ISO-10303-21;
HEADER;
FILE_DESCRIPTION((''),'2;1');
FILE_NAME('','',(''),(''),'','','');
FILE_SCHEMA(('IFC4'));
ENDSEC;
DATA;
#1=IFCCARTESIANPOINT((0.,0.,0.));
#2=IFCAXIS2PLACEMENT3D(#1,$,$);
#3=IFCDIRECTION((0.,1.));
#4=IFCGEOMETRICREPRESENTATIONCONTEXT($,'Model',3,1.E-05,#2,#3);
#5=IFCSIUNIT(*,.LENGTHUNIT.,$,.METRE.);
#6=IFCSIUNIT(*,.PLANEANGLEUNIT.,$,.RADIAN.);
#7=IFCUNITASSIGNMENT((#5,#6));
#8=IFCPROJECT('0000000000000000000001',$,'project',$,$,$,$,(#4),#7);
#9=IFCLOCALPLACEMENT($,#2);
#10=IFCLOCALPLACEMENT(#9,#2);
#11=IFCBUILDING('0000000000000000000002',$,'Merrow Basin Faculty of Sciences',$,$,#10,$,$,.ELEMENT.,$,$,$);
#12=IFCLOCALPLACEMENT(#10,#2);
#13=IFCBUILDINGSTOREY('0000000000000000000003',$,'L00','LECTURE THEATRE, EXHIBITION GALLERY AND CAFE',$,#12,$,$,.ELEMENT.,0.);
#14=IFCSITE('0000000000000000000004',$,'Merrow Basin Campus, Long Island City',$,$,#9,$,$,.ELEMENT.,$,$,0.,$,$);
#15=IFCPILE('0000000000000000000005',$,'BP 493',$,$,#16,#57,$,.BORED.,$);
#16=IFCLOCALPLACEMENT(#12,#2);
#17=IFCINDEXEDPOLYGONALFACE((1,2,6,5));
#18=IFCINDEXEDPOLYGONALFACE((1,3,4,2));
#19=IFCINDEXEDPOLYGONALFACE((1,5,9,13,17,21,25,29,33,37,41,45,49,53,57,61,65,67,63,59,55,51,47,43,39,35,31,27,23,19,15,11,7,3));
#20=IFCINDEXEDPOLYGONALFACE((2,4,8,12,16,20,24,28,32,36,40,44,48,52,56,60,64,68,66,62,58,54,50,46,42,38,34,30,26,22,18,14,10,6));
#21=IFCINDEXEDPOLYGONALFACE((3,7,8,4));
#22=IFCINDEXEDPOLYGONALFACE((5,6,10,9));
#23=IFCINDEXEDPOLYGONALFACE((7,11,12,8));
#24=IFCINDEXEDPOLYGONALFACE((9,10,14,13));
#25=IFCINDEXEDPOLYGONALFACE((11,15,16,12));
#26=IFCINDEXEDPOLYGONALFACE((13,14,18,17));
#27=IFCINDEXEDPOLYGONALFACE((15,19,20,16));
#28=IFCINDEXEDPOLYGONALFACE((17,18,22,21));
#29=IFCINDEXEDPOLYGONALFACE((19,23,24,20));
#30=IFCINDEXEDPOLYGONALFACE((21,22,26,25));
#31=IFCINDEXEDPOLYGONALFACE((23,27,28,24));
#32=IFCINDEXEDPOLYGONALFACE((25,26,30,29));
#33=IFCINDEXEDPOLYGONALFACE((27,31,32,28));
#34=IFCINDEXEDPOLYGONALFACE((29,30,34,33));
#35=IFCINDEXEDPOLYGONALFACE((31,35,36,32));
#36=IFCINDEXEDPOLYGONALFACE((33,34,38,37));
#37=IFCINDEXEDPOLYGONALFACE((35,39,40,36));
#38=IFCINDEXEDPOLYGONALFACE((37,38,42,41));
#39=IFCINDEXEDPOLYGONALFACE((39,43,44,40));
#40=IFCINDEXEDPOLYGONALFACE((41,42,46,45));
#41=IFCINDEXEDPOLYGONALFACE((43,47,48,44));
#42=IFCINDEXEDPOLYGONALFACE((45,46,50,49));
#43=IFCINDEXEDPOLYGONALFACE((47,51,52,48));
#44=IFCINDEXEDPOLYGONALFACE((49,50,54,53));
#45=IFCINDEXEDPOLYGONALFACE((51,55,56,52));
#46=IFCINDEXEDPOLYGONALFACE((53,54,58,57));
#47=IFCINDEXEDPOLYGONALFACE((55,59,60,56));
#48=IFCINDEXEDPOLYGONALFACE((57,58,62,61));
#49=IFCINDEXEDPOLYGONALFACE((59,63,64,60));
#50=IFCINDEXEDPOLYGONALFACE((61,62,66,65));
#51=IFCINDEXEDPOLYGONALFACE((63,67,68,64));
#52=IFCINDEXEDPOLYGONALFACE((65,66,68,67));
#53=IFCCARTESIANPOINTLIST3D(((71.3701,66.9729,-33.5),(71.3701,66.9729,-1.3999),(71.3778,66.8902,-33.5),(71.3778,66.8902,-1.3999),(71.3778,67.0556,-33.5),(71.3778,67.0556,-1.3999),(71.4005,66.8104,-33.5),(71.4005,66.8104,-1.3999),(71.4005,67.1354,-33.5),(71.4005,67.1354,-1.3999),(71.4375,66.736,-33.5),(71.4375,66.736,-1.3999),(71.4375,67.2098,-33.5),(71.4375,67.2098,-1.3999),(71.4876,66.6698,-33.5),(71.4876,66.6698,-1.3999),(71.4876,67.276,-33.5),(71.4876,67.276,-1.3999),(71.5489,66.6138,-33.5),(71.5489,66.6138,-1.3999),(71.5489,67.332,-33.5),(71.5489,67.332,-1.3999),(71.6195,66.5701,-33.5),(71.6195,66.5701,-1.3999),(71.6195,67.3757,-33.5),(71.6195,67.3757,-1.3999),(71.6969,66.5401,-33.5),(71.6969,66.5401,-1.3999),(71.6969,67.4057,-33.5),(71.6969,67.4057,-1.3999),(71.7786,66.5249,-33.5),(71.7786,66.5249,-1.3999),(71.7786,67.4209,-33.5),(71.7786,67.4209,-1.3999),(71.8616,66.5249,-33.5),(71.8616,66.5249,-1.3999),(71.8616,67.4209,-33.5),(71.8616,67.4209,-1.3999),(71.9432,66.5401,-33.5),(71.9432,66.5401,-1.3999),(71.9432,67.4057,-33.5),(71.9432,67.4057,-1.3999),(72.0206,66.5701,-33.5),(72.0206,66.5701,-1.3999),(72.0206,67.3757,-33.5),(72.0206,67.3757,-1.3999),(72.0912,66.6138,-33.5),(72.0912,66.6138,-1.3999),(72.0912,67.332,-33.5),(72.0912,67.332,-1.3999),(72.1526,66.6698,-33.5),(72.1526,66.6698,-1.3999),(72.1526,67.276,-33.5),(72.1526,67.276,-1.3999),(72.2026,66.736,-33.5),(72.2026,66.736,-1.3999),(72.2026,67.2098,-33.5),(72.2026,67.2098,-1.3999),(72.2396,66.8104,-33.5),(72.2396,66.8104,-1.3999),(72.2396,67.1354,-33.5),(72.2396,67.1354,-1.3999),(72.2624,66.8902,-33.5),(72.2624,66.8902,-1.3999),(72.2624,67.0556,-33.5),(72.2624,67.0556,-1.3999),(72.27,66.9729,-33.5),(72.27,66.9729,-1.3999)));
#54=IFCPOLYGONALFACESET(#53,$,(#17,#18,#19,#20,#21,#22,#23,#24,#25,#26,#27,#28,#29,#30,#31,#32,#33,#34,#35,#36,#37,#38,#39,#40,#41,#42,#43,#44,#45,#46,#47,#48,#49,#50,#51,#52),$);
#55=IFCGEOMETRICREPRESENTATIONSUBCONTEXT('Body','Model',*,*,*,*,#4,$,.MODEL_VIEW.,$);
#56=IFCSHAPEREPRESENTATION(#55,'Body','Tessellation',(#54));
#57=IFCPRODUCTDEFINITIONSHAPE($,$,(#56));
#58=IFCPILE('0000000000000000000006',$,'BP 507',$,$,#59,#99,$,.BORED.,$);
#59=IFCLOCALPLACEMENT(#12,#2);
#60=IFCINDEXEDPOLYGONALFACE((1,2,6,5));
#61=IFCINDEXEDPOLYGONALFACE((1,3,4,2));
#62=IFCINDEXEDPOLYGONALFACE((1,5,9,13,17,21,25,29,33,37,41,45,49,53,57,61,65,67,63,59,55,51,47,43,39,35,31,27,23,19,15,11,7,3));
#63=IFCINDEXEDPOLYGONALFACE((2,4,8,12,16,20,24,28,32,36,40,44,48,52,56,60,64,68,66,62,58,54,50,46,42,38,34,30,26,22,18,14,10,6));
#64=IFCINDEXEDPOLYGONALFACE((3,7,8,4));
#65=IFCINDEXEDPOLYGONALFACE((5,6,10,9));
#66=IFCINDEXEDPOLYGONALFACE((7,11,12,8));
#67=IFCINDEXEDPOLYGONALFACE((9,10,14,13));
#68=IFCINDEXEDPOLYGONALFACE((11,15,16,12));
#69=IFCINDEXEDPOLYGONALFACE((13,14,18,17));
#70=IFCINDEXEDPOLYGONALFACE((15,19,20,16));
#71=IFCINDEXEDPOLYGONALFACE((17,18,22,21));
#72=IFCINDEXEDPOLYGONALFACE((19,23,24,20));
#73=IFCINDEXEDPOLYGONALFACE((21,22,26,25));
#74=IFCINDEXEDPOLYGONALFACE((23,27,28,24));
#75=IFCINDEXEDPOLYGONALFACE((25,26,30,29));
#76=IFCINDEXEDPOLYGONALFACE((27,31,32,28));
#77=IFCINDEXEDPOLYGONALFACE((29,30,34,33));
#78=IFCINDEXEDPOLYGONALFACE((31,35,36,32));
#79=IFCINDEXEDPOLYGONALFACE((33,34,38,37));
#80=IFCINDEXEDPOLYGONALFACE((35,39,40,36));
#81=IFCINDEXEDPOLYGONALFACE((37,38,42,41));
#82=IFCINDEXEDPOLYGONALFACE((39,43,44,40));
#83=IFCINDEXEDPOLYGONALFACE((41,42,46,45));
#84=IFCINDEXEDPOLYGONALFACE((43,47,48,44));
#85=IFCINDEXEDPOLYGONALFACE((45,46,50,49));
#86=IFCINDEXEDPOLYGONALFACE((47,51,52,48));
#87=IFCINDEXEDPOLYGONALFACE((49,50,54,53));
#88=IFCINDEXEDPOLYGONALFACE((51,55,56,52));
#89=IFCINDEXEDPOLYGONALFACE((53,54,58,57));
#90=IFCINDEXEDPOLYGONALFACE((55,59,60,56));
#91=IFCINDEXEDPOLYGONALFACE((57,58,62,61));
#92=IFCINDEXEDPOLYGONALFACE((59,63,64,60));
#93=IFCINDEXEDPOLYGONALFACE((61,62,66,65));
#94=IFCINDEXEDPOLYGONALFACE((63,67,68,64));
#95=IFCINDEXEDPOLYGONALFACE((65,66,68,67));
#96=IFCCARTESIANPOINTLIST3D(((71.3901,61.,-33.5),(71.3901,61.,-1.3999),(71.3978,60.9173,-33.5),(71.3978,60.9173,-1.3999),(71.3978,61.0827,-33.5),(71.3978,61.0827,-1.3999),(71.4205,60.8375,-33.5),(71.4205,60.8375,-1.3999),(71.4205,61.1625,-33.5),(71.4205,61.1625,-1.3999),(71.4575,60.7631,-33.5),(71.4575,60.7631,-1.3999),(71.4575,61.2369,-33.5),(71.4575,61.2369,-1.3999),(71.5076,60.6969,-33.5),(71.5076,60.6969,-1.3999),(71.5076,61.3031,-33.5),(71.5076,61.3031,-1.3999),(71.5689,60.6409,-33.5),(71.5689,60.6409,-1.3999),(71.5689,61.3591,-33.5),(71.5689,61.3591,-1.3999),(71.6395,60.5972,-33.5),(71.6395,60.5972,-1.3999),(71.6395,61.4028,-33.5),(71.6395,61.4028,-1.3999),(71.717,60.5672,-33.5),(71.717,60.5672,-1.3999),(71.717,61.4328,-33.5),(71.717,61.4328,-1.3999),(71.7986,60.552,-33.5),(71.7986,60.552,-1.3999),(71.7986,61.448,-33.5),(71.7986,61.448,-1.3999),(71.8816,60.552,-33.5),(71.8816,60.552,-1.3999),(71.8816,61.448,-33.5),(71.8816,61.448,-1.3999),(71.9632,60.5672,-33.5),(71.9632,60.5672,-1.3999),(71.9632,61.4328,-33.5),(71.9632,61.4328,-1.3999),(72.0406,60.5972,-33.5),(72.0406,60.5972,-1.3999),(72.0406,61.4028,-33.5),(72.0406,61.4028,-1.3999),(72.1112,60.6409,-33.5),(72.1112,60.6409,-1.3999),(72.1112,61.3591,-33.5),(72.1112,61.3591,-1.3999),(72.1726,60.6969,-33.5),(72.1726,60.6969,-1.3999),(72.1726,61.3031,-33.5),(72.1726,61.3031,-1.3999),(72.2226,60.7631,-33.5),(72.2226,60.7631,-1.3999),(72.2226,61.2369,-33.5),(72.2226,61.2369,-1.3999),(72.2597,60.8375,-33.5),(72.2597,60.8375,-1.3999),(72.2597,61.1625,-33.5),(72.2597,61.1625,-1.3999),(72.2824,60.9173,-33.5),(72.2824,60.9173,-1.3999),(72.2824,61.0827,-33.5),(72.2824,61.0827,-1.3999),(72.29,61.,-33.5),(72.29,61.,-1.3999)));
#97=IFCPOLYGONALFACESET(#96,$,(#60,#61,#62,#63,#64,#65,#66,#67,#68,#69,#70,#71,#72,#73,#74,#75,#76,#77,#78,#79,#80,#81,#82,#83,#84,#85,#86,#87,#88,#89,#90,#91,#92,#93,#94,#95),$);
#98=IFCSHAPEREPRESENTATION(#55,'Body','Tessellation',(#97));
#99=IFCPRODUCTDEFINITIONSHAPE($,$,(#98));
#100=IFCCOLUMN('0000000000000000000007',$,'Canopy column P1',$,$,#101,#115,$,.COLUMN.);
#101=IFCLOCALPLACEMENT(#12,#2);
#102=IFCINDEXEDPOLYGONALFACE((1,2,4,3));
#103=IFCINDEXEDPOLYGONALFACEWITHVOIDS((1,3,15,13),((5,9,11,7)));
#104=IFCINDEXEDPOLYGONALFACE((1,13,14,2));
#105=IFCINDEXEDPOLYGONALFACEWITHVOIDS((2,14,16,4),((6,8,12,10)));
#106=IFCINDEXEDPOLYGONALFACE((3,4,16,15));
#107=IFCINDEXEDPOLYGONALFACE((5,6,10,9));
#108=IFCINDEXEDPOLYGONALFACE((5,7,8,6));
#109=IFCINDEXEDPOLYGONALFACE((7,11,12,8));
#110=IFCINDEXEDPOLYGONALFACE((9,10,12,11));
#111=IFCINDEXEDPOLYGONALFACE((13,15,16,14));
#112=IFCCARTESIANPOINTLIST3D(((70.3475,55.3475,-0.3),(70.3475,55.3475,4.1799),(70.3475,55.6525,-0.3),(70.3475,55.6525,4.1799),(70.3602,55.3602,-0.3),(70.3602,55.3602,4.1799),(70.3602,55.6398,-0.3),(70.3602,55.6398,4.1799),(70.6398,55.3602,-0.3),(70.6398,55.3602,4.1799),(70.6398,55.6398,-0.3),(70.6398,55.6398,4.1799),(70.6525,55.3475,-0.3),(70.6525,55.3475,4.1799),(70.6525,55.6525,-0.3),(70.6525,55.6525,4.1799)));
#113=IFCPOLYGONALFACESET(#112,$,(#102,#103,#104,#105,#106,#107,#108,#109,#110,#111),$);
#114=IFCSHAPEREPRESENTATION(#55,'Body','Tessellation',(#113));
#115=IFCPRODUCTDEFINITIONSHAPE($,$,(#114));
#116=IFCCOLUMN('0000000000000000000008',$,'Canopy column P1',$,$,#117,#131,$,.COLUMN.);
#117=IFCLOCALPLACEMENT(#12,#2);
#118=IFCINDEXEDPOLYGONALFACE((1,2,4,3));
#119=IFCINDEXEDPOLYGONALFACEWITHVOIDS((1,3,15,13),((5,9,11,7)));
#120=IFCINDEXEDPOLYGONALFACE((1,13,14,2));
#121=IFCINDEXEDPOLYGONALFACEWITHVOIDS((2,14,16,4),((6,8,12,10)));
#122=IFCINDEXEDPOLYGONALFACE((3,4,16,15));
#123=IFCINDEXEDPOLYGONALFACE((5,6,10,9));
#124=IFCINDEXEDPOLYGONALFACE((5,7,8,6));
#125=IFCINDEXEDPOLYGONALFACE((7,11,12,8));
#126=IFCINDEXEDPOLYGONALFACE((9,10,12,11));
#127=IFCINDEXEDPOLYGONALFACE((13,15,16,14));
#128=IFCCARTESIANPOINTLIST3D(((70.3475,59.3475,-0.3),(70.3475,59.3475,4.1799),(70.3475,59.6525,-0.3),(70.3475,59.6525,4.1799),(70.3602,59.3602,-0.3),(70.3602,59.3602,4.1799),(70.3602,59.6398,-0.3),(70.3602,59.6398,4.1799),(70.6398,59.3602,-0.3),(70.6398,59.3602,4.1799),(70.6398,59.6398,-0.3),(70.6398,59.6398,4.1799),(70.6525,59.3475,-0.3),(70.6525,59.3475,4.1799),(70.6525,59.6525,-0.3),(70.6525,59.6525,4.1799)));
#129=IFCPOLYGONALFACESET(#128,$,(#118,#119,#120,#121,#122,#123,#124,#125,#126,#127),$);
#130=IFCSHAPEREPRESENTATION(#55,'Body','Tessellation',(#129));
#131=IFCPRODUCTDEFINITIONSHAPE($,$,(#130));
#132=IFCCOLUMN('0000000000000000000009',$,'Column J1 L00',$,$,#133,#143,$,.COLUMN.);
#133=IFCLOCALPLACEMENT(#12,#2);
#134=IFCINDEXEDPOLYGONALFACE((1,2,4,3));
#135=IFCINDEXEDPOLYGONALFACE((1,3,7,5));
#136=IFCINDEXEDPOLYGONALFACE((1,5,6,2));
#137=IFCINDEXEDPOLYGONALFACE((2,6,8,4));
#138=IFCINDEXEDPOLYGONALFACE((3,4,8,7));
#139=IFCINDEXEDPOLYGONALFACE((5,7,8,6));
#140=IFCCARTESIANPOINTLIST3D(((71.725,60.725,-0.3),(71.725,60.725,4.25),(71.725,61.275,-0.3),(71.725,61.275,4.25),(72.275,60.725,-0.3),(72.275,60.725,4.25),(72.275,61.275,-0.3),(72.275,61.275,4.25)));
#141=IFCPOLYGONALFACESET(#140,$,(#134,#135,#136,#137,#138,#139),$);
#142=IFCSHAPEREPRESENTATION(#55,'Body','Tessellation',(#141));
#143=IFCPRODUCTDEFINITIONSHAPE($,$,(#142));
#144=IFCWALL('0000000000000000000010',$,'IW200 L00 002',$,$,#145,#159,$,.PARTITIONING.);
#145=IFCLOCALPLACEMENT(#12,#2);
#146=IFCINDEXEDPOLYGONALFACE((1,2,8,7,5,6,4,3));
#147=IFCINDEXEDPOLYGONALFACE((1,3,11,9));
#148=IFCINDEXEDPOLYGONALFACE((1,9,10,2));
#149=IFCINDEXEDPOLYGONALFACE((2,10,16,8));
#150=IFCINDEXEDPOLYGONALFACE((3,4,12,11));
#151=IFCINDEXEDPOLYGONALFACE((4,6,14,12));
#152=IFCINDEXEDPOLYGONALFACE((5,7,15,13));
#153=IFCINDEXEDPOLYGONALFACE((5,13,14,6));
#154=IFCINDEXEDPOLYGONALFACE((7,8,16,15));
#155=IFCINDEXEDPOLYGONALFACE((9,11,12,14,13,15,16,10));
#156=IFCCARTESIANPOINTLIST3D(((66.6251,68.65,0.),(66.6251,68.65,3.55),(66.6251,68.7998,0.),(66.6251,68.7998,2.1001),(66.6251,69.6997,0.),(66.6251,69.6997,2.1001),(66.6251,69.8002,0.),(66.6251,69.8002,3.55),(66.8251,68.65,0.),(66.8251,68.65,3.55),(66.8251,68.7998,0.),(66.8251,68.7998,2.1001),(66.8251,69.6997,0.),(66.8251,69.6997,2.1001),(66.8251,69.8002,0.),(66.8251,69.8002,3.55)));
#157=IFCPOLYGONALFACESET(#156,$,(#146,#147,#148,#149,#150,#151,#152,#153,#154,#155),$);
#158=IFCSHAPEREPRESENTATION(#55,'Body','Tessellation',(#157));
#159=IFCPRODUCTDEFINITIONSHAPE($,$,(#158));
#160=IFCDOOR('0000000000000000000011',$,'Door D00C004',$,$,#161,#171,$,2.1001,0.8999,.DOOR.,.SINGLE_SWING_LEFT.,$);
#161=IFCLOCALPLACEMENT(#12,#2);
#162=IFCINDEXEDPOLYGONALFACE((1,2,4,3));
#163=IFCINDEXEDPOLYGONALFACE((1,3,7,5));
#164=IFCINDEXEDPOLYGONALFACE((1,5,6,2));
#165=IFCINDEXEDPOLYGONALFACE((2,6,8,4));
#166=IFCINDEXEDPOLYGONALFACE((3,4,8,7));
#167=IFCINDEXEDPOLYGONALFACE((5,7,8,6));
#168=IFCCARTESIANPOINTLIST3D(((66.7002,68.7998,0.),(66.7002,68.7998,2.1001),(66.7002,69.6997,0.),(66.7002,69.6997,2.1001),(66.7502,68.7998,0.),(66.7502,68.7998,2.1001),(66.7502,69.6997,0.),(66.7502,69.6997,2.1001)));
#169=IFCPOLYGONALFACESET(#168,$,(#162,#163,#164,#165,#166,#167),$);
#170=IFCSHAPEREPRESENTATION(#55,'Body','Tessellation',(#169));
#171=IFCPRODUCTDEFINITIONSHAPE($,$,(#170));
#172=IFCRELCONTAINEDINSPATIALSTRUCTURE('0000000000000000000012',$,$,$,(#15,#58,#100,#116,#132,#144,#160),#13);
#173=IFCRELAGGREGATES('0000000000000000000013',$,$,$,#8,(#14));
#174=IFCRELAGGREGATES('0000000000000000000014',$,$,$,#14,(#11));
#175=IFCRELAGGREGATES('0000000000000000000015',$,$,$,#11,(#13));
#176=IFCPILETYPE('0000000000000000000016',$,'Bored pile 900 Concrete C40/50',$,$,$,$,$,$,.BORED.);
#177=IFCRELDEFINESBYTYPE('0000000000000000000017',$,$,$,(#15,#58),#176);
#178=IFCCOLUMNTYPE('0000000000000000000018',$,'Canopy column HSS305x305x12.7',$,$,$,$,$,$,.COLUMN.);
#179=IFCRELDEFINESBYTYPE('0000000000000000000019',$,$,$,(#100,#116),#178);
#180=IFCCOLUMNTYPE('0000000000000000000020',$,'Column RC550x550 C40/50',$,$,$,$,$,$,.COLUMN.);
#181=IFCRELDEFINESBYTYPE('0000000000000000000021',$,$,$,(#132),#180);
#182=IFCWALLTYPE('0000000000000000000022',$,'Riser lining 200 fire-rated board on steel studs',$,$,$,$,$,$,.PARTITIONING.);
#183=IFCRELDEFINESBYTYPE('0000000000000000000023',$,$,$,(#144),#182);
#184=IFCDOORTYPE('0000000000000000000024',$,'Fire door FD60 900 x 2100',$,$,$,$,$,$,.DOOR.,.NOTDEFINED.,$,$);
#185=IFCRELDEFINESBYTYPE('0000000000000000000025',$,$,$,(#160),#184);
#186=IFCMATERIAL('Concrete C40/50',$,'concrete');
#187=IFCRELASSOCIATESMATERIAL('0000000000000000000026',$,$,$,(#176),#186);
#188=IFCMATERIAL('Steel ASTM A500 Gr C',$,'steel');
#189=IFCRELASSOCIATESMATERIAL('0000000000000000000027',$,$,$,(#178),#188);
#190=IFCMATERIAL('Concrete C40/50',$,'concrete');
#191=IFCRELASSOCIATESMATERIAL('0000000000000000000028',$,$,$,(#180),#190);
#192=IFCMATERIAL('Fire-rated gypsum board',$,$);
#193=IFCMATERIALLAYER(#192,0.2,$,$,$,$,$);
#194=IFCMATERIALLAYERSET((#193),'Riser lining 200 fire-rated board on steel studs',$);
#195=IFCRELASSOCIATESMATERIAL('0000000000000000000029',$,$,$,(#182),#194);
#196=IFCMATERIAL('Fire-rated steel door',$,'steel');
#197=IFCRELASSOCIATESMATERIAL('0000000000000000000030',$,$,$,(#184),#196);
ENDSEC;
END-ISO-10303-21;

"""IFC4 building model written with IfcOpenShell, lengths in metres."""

from ifc_helpers import new_model, si_unit, direction, frame, frame_2d, origin, origin_2d, place, context, subcontext, project, spatial, rectangle, hollow_rectangle, circle, extrude, material, layer, layer_set, material_profile, profile_set, type_object, element, fill, save


model = new_model("IFC4")

# Units and contexts
model_context = context("Model", 3, precision=1e-05, world=origin(), true_north=direction((0.0, 1.0)))
body_context = subcontext(model_context, "Body", "Model", "MODEL_VIEW")
ifc_project = project(units=[si_unit("LENGTHUNIT", "METRE"), si_unit("PLANEANGLEUNIT", "RADIAN")], contexts=[model_context])

# Site, building, storey
site_placement = place(None, origin())
site = spatial("IfcSite", under=ifc_project, at=site_placement, Name="Merrow Basin Campus, Long Island City", CompositionType="ELEMENT", RefElevation=0.0)
building_placement = place(site_placement, origin())
building = spatial("IfcBuilding", under=site, at=building_placement, Name="Merrow Basin Faculty of Sciences", CompositionType="ELEMENT")
storey_placement = place(building_placement, origin())
storey = spatial("IfcBuildingStorey", under=building, at=storey_placement, Name="L00", Description="LECTURE THEATRE, EXHIBITION GALLERY AND CAFE", CompositionType="ELEMENT", Elevation=0.0)

# Piles
ifc_material_1 = material(Name="Concrete C40/50", Category="concrete")
ifc_material_profile_1 = material_profile(ifc_material_1, circle(Radius=0.45, at=origin_2d()))
ifc_profile_set_1 = profile_set([ifc_material_profile_1], Name="Concrete C40/50")
pile_type_1 = type_object("IfcPileType", Name="Bored pile 900 Concrete C40/50", PredefinedType="BORED", material=ifc_profile_set_1)
for number, where, z_axis, x_axis, name in (
    (1, (71.8201, 66.9729, -1.3999), (0.0, 0.0, -1.0), (1.0, 0.0, 0.0), "BP 493"),
    (2, (71.8401, 61.0, -1.3999), (0.0, 0.0, -1.0), (1.0, 0.0, 0.0), "BP 507"),
):
    element("IfcPile", number, at=place(storey_placement, frame(where, z_axis=z_axis, x_axis=x_axis)), inside=storey, type_object=pile_type_1, Name=name, PredefinedType="BORED", context=body_context, shape_type="SweptSolid", body=[
        extrude(circle(Radius=0.45, at=origin_2d()), origin(), (0.0, 0.0, 1.0), 32.1001),
    ])

# Columns
ifc_material_2 = material(Name="Steel ASTM A500 Gr C", Category="steel")
ifc_material_profile_2 = material_profile(ifc_material_2, hollow_rectangle(XDim=0.3049, YDim=0.3049, WallThickness=0.0127, at=origin_2d()))
ifc_profile_set_2 = profile_set([ifc_material_profile_2], Name="Steel ASTM A500 Gr C")
column_type_1 = type_object("IfcColumnType", Name="Canopy column HSS305x305x12.7", PredefinedType="COLUMN", material=ifc_profile_set_2)
for number, where, z_axis, x_axis, name in (
    (3, (70.5, 55.5, -0.3), (0.0, 0.0, 1.0), (1.0, 0.0, 0.0), "Canopy column P1"),
    (4, (70.5, 59.5, -0.3), (0.0, 0.0, 1.0), (1.0, 0.0, 0.0), "Canopy column P1"),
):
    element("IfcColumn", number, at=place(storey_placement, frame(where, z_axis=z_axis, x_axis=x_axis)), inside=storey, type_object=column_type_1, Name=name, PredefinedType="COLUMN", context=body_context, shape_type="SweptSolid", body=[
        extrude(hollow_rectangle(XDim=0.3049, YDim=0.3049, WallThickness=0.0127, at=origin_2d()), origin(), (0.0, 0.0, 1.0), 4.48),
    ])
ifc_material_3 = material(Name="Concrete C40/50", Category="concrete")
ifc_material_profile_3 = material_profile(ifc_material_3, rectangle(XDim=0.55, YDim=0.55, at=origin_2d()))
ifc_profile_set_3 = profile_set([ifc_material_profile_3], Name="Concrete C40/50")
column_type_2 = type_object("IfcColumnType", Name="Column RC550x550 C40/50", PredefinedType="COLUMN", material=ifc_profile_set_3)
column_placement = place(storey_placement, frame((72.0, 61.0, -0.3), z_axis=(0.0, 0.0, 1.0), x_axis=(1.0, 0.0, 0.0)))
element("IfcColumn", 5, at=column_placement, inside=storey, type_object=column_type_2, Name="Column J1 L00", PredefinedType="COLUMN", context=body_context, shape_type="SweptSolid", body=[
    extrude(rectangle(XDim=0.55, YDim=0.55, at=origin_2d()), origin(), (0.0, 0.0, 1.0), 4.55),
])

# Wall, opening, door
ifc_material_4 = material(Name="Fire-rated gypsum board")
ifc_layer_1 = layer(ifc_material_4, 0.2)
ifc_layer_set_1 = layer_set([ifc_layer_1], Name="Riser lining 200 fire-rated board on steel studs")
wall_type_1 = type_object("IfcWallType", Name="Riser lining 200 fire-rated board on steel studs", PredefinedType="PARTITIONING", material=ifc_layer_set_1)
wall_1_placement = place(storey_placement, frame((66.7251, 68.6499, 0.0), z_axis=(0.0, 0.0, 1.0), x_axis=(0.0, 1.0, 0.0)))
wall_1 = element("IfcWall", 6, at=wall_1_placement, inside=storey, type_object=wall_type_1, Name="IW200 L00 002", PredefinedType="PARTITIONING", context=body_context, shape_type="SweptSolid", body=[
    extrude(rectangle(XDim=1.1501, YDim=0.2, at=frame_2d((0.5752, 0.0))), origin(), (0.0, 0.0, 1.0), 3.55),
])
opening_1_placement = place(wall_1_placement, frame((0.1499, 0.0, 0.0)))
opening_1 = element("IfcOpeningElement", 7, at=opening_1_placement, cuts=wall_1, PredefinedType="OPENING", context=body_context, shape_type="SweptSolid", body=[
    extrude(rectangle(XDim=0.8999, YDim=2.1001, at=frame_2d((0.45, 1.05))), frame((0.0, 0.1099, 0.0), z_axis=(0.0, -1.0, 0.0), x_axis=(1.0, 0.0, 0.0)), (0.0, 0.0, 1.0), 0.22),
])
ifc_material_5 = material(Name="Fire-rated steel door", Category="steel")
door_type_1 = type_object("IfcDoorType", Name="Fire door FD60 900 x 2100", OperationType="NOTDEFINED", PredefinedType="DOOR", material=ifc_material_5)
door_1_placement = place(opening_1_placement, origin())
door_1 = element("IfcDoor", 8, at=door_1_placement, inside=storey, type_object=door_type_1, Name="Door D00C004", OperationType="SINGLE_SWING_LEFT", OverallHeight=2.1001, OverallWidth=0.8999, PredefinedType="DOOR", context=body_context, shape_type="SweptSolid", body=[
    extrude(rectangle(XDim=0.8999, YDim=2.1001, at=frame_2d((0.45, 1.05))), frame((0.0, 0.0249, 0.0), z_axis=(0.0, -1.0, 0.0), x_axis=(1.0, 0.0, 0.0)), (0.0, 0.0, 1.0), 0.05),
])
fill(opening_1, door_1)

save(model, "model.ifc")
